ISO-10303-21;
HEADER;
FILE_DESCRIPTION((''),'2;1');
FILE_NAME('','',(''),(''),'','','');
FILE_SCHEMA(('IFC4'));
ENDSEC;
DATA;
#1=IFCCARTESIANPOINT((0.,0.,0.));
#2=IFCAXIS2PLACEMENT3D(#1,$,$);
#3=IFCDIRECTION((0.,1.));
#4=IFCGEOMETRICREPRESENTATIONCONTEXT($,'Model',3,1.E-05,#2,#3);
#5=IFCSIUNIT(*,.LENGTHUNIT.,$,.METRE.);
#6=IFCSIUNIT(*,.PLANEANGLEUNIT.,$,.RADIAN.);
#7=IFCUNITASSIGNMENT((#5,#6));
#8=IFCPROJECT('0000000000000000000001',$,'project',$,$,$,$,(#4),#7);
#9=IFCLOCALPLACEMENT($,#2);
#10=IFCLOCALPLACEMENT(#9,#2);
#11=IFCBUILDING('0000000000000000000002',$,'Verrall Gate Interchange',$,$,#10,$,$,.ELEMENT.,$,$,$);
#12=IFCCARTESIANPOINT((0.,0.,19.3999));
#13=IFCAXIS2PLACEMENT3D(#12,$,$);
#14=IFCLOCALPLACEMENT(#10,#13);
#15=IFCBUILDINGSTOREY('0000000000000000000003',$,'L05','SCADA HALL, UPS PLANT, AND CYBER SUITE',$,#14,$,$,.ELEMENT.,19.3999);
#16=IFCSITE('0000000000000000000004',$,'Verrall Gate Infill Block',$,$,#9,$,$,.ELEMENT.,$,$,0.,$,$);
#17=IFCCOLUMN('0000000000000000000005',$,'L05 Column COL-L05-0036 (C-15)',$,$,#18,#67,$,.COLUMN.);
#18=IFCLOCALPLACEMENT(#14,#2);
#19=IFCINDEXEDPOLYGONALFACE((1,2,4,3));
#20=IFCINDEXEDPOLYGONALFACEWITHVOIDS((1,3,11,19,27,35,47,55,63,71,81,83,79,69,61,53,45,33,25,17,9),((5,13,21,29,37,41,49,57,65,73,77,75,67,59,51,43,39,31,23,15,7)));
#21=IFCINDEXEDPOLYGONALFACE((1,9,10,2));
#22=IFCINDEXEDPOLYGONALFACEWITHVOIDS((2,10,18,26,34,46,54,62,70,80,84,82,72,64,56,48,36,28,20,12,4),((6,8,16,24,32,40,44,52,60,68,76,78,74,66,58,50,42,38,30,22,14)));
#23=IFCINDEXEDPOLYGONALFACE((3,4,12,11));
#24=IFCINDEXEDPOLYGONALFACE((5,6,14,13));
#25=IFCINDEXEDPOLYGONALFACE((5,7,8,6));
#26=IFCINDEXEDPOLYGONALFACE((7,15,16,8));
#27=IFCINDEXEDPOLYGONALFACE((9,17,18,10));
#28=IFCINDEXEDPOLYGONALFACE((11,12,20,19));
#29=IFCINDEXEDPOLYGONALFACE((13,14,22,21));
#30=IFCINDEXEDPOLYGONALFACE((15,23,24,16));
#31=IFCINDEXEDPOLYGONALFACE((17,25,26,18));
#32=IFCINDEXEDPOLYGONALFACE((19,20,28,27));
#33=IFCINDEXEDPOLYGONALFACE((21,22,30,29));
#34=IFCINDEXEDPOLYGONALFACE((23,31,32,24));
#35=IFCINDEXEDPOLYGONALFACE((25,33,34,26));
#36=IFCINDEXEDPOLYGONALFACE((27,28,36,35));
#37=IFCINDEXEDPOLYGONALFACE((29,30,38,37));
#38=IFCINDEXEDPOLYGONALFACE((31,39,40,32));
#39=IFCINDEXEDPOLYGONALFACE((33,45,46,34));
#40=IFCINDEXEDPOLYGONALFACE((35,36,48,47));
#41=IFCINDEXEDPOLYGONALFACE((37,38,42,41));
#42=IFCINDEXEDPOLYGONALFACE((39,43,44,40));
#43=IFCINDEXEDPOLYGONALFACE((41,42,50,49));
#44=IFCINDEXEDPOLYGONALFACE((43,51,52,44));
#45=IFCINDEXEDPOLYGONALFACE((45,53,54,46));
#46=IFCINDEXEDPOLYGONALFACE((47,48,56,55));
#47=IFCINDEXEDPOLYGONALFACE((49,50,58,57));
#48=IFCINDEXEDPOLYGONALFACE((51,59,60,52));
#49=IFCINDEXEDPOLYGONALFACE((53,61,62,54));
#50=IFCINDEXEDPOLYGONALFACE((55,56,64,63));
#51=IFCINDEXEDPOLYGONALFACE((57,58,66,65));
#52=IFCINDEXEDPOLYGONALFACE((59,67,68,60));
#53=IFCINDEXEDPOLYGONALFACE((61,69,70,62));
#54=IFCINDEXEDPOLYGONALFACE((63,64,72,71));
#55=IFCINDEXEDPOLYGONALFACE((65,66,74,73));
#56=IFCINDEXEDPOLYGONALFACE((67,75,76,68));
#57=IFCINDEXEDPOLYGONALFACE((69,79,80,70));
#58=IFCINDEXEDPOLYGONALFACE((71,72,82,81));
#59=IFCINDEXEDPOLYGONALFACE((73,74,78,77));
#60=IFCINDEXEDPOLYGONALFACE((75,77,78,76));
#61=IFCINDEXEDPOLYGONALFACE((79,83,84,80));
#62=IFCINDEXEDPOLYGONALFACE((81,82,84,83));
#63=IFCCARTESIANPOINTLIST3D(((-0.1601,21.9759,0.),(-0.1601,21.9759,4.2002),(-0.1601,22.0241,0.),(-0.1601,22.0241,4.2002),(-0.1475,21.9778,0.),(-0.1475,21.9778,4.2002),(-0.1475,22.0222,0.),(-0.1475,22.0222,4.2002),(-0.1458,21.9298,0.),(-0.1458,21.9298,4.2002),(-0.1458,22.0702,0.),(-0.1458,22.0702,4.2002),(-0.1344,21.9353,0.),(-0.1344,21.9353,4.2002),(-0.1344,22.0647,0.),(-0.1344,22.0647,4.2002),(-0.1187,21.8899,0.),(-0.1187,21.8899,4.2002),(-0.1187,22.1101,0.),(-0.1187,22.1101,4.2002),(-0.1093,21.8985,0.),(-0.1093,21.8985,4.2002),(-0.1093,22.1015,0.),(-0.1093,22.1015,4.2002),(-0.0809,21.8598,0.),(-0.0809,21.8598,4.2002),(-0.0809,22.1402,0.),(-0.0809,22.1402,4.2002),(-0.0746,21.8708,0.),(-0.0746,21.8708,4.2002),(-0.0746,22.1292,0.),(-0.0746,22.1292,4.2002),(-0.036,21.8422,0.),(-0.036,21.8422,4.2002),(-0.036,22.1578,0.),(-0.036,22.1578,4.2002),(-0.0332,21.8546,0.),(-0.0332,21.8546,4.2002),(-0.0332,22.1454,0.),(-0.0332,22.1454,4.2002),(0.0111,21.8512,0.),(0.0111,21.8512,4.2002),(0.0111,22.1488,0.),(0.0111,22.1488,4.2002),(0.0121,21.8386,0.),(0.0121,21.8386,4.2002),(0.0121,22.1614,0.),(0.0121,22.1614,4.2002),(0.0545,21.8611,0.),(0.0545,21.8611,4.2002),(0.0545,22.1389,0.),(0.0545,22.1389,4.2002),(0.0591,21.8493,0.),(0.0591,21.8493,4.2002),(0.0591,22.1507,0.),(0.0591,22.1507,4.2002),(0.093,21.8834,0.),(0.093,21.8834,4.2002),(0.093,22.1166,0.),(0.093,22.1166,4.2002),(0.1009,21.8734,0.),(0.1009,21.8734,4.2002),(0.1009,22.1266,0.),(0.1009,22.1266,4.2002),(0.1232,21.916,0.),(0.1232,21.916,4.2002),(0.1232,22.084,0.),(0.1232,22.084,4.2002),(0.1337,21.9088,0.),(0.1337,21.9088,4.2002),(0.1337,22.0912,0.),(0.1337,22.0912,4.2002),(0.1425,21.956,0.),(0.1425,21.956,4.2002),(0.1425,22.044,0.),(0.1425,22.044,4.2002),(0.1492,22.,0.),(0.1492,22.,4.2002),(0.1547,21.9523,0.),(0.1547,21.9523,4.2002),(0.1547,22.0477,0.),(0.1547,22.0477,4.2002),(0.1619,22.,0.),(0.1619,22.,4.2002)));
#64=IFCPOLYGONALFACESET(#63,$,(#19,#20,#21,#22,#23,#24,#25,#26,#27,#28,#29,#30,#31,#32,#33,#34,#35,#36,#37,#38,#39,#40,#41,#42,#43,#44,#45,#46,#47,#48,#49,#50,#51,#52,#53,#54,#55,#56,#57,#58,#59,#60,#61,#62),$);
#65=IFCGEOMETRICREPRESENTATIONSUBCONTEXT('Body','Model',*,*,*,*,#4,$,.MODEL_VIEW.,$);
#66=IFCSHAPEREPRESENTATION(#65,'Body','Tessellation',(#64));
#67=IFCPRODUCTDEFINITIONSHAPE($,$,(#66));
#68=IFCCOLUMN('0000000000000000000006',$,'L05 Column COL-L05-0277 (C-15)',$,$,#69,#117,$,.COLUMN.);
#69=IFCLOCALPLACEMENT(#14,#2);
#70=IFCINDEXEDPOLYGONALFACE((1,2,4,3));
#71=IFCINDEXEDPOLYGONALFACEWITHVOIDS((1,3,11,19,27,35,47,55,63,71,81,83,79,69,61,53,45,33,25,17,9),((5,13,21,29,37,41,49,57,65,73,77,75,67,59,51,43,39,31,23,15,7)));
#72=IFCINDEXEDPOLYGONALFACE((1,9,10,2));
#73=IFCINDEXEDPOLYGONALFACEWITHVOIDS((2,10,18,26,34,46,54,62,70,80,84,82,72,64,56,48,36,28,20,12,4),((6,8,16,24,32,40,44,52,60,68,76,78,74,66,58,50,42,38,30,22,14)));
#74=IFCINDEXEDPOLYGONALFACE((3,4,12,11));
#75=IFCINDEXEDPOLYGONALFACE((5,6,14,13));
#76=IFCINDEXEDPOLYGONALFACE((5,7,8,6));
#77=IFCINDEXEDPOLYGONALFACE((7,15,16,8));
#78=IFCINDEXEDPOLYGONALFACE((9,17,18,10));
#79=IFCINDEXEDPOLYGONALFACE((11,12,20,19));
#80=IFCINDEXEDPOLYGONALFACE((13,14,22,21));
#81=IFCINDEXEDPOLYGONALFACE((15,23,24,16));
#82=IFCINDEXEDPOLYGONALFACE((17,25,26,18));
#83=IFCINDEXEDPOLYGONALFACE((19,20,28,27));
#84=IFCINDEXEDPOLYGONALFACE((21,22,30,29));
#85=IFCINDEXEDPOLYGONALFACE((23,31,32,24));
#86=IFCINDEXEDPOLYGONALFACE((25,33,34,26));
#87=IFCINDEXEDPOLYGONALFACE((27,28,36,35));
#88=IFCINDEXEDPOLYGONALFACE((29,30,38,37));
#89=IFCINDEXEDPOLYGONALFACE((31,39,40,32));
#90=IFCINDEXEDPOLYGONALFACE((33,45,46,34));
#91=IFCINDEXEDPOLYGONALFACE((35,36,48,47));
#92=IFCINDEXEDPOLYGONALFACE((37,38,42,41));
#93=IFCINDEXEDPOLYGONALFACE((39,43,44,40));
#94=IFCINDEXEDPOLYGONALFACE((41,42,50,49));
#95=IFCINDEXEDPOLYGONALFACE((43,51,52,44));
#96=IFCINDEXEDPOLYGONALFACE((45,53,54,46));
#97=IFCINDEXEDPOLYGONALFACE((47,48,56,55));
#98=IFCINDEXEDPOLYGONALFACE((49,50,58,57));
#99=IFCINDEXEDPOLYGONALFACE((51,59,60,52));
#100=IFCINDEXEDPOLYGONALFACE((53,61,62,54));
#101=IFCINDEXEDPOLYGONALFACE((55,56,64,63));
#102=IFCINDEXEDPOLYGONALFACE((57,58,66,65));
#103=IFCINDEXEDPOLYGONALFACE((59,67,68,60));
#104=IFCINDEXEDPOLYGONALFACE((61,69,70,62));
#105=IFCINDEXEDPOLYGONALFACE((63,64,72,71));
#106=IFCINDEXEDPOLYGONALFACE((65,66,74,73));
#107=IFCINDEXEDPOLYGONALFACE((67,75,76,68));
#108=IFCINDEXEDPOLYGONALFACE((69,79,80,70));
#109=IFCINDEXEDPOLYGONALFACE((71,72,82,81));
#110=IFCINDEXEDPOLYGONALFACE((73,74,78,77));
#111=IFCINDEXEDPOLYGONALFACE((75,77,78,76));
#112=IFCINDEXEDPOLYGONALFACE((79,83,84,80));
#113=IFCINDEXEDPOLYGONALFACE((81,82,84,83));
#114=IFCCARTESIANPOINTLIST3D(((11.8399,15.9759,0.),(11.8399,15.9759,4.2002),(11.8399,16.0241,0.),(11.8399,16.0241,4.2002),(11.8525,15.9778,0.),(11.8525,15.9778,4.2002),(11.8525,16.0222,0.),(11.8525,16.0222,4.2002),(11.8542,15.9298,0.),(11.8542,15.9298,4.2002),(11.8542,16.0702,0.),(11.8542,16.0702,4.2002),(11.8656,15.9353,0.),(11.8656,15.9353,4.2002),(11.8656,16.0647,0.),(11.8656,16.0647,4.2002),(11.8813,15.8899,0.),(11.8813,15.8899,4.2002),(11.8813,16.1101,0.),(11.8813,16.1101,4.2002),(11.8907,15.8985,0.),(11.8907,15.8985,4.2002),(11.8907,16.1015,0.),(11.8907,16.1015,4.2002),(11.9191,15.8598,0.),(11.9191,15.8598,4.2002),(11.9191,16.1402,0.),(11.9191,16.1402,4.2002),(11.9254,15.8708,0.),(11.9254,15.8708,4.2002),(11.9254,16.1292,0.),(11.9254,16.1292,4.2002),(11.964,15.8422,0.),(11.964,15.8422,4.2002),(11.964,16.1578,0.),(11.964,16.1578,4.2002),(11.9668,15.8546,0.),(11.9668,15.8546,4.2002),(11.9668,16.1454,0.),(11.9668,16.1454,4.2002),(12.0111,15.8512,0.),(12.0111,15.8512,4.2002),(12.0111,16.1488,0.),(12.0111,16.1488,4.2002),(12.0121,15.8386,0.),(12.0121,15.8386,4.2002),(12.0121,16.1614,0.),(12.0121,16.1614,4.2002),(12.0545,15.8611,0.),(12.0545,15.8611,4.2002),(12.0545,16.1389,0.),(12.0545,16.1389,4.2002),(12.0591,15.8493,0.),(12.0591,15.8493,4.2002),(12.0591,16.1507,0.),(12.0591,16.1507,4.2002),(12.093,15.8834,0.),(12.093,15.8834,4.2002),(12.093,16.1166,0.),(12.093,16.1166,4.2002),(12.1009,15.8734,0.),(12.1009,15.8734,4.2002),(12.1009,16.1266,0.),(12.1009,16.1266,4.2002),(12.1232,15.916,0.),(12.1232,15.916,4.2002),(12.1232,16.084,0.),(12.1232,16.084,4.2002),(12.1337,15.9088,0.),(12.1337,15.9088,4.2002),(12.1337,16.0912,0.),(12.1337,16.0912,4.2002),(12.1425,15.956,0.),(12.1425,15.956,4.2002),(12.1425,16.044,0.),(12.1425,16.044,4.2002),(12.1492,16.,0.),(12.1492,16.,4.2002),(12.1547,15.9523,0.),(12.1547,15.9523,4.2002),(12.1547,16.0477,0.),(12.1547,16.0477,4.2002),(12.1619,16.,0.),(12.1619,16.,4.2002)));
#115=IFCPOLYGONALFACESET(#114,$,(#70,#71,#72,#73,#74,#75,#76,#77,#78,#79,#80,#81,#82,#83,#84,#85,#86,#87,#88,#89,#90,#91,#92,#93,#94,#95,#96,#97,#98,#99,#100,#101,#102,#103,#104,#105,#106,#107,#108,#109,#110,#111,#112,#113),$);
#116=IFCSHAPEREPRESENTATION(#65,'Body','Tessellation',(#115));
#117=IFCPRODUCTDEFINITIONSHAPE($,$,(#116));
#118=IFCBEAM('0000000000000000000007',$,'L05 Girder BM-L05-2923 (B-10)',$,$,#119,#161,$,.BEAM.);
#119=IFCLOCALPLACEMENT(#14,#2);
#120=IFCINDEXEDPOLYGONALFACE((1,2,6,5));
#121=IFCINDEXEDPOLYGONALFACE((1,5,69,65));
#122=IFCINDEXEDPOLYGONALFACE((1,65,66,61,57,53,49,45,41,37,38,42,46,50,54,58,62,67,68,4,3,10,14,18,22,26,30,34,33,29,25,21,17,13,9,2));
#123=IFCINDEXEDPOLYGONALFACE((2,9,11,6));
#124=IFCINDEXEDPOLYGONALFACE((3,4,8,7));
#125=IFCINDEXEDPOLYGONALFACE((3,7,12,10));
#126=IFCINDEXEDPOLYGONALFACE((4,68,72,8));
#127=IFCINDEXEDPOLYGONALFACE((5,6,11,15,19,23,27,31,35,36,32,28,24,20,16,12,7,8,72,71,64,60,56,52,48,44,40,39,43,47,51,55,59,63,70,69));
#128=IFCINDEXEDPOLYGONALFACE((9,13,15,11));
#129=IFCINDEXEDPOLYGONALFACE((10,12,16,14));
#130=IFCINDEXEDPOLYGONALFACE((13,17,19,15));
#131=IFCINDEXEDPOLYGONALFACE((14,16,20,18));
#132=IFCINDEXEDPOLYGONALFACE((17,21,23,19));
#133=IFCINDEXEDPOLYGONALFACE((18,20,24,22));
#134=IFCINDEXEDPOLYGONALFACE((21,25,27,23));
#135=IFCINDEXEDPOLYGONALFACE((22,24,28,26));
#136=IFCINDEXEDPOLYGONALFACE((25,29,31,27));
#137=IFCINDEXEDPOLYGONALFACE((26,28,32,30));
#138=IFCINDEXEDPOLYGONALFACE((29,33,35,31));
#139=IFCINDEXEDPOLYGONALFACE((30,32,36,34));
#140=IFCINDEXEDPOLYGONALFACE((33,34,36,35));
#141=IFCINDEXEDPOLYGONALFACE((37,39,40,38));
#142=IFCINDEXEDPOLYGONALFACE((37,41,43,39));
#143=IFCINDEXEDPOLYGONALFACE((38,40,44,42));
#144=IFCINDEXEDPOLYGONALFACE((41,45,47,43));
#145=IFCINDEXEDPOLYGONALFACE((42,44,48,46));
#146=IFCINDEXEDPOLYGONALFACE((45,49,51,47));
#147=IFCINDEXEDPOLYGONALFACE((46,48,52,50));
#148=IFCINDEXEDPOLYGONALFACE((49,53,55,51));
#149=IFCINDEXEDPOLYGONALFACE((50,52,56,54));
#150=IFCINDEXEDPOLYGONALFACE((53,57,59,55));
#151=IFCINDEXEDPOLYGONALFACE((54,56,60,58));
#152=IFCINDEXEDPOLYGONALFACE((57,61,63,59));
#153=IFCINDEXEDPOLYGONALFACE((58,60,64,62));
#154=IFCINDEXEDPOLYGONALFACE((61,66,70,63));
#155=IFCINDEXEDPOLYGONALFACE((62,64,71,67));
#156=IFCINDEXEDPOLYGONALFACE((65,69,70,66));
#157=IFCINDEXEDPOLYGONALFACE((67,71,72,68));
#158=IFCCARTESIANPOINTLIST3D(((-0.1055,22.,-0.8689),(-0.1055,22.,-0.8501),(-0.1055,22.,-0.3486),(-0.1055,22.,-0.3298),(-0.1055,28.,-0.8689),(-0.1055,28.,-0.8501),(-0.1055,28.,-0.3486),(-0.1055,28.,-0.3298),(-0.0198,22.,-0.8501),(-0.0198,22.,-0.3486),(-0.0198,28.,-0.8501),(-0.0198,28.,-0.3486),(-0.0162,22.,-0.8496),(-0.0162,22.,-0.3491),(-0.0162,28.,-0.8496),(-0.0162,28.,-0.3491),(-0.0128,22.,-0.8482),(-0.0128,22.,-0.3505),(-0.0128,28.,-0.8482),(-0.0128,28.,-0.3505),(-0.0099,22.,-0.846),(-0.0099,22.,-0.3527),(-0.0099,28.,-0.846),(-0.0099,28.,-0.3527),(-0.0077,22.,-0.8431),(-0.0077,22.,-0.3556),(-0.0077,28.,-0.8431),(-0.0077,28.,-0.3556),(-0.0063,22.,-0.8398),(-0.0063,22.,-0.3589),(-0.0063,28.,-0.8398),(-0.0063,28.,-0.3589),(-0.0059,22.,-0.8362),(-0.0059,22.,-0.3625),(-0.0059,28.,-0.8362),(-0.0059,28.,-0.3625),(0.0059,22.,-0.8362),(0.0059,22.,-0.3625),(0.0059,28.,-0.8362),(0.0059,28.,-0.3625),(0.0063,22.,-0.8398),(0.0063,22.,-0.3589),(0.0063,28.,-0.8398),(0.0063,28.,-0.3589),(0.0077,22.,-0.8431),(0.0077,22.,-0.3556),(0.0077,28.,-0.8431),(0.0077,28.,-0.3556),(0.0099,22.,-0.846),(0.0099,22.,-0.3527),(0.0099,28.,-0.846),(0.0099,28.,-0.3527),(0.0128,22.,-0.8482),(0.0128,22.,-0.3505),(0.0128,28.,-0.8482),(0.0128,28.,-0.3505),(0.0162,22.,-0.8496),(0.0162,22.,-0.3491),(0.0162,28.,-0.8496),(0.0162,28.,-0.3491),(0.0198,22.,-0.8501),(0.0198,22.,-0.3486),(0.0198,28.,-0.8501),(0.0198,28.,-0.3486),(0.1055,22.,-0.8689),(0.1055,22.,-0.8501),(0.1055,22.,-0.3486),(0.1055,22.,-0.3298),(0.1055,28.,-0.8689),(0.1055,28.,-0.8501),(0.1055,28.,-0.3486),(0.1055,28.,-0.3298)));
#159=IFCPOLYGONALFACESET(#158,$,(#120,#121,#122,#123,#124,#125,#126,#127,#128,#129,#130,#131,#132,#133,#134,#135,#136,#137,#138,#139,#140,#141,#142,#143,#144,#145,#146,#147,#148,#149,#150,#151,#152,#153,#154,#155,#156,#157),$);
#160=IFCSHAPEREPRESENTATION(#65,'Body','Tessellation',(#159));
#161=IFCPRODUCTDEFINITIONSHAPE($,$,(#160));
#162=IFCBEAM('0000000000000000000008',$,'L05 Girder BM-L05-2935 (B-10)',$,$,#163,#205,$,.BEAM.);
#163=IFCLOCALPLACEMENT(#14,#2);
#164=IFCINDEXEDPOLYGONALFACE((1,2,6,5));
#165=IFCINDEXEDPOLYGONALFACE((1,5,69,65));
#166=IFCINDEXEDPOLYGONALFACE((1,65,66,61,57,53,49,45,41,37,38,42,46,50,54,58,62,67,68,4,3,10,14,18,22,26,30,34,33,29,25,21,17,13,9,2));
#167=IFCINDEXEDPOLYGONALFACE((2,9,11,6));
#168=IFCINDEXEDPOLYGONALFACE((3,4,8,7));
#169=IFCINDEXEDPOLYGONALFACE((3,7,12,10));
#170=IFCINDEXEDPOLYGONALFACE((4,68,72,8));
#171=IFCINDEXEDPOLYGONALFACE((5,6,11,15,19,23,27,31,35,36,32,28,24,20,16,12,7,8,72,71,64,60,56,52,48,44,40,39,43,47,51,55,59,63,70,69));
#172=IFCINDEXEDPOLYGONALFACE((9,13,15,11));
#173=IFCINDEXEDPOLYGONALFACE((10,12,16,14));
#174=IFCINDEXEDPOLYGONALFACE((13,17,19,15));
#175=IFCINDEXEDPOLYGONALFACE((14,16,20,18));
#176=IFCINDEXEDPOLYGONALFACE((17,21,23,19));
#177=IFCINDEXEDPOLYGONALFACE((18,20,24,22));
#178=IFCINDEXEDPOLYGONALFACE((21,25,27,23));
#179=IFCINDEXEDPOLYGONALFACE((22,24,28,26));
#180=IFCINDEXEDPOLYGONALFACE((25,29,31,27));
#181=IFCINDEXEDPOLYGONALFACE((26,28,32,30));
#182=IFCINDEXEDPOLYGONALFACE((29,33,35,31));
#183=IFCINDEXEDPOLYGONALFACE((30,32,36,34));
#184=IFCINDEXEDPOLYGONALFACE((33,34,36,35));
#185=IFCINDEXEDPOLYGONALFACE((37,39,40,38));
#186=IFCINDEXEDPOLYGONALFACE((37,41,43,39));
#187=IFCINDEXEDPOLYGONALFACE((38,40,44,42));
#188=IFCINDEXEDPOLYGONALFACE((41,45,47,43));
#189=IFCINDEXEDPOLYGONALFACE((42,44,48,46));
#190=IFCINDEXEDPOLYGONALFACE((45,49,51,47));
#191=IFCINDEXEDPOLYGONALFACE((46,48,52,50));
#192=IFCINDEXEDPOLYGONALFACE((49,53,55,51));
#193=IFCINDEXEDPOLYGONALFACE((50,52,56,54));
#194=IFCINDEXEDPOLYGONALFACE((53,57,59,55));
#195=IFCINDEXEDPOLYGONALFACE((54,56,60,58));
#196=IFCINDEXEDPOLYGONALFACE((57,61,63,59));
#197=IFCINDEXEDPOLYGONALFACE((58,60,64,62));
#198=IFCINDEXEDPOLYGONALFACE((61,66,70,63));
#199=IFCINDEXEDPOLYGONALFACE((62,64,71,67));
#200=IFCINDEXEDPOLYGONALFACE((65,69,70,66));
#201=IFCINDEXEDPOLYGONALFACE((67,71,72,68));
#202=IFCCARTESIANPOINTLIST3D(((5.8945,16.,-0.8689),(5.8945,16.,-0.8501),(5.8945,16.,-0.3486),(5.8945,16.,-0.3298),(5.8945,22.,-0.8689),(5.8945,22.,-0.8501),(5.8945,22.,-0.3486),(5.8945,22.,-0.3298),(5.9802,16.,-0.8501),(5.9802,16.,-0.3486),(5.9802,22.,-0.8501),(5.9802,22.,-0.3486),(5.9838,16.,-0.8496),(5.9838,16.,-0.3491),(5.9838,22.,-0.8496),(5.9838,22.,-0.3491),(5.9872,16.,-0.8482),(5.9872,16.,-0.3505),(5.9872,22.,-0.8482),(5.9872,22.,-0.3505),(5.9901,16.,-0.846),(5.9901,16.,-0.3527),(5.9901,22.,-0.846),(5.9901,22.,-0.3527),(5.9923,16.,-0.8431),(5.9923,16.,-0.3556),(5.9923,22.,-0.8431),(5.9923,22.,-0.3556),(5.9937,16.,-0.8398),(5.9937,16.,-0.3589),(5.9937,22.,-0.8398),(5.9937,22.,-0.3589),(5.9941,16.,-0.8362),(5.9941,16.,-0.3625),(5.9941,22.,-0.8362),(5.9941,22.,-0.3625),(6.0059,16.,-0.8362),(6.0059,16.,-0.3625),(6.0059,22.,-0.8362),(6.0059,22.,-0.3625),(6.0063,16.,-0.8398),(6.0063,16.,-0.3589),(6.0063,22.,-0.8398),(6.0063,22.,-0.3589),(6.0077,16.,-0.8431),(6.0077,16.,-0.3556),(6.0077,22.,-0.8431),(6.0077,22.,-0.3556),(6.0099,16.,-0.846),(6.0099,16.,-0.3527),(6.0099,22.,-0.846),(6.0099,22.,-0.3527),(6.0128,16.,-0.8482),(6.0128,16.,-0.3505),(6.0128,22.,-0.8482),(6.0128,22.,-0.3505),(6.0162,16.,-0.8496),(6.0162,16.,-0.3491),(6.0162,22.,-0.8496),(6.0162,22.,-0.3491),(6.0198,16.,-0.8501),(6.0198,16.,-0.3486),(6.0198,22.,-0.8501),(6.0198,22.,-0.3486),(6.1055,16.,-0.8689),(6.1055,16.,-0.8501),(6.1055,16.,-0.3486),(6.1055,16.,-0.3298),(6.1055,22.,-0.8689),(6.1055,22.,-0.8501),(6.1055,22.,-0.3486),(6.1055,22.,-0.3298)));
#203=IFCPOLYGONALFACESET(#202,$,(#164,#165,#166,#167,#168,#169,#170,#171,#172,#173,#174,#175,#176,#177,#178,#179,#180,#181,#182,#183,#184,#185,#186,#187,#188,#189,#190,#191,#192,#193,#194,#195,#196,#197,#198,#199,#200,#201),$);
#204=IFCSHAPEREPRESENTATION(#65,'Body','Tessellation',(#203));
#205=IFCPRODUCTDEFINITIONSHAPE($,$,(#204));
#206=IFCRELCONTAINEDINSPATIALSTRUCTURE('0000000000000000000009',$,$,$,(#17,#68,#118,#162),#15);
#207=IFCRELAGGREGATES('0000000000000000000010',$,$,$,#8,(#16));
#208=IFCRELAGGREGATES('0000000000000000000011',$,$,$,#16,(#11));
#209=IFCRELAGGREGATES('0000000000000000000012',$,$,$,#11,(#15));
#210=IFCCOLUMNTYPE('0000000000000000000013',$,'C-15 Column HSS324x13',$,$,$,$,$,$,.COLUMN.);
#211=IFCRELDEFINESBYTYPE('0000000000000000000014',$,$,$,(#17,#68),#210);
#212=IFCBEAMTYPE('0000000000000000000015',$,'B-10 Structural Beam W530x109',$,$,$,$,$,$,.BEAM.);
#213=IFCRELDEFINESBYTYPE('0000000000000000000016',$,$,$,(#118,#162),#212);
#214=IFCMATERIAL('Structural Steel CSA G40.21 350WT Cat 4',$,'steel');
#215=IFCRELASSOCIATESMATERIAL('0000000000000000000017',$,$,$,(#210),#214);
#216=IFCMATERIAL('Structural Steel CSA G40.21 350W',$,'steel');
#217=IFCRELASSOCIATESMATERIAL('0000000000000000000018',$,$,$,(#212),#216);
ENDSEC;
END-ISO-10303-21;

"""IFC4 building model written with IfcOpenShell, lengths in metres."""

from ifc_helpers import new_model, si_unit, direction, frame, origin, origin_2d, place, context, subcontext, project, spatial, hollow_circle, i_section, extrude, material, material_profile, profile_set, type_object, element, save


model = new_model("IFC4")

# Units and contexts
model_context = context("Model", 3, precision=1e-05, world=origin(), true_north=direction((0.0, 1.0)))
body_context = subcontext(model_context, "Body", "Model", "MODEL_VIEW")
ifc_project = project(units=[si_unit("LENGTHUNIT", "METRE"), si_unit("PLANEANGLEUNIT", "RADIAN")], contexts=[model_context])

# Site, building, storey
site_placement = place(None, origin())
site = spatial("IfcSite", under=ifc_project, at=site_placement, Name="Verrall Gate Infill Block", CompositionType="ELEMENT", RefElevation=0.0)
building_placement = place(site_placement, origin())
building = spatial("IfcBuilding", under=site, at=building_placement, Name="Verrall Gate Interchange", CompositionType="ELEMENT")
storey_placement = place(building_placement, frame((0.0, 0.0, 19.3999)))
storey = spatial("IfcBuildingStorey", under=building, at=storey_placement, Name="L05", Description="SCADA HALL, UPS PLANT, AND CYBER SUITE", CompositionType="ELEMENT", Elevation=19.3999)

# Columns
ifc_material_1 = material(Name="Structural Steel CSA G40.21 350WT Cat 4", Category="steel")
ifc_material_profile_1 = material_profile(ifc_material_1, hollow_circle(Radius=0.1619, WallThickness=0.0127, at=origin_2d()), Name="HSS324x13")
ifc_profile_set_1 = profile_set([ifc_material_profile_1], Name="Structural Steel CSA G40.21 350WT Cat 4")
column_type_1 = type_object("IfcColumnType", Name="C-15 Column HSS324x13", PredefinedType="COLUMN", material=ifc_profile_set_1)
for number, where, z_axis, x_axis, name in (
    (1, (0.0, 22.0, 0.0), (0.0, 0.0, 1.0), (1.0, 0.0, 0.0), "L05 Column COL-L05-0036 (C-15)"),
    (2, (12.0, 16.0, 0.0), (0.0, 0.0, 1.0), (1.0, 0.0, 0.0), "L05 Column COL-L05-0277 (C-15)"),
):
    element("IfcColumn", number, at=place(storey_placement, frame(where, z_axis=z_axis, x_axis=x_axis)), inside=storey, type_object=column_type_1, Name=name, PredefinedType="COLUMN", context=body_context, shape_type="SweptSolid", body=[
        extrude(hollow_circle(Radius=0.1619, WallThickness=0.0127, at=origin_2d()), origin(), (0.0, 0.0, 1.0), 4.2002),
    ])

# Beams
ifc_material_2 = material(Name="Structural Steel CSA G40.21 350W", Category="steel")
ifc_material_profile_2 = material_profile(ifc_material_2, i_section(OverallWidth=0.2109, OverallDepth=0.5391, WebThickness=0.0117, FlangeThickness=0.0188, FilletRadius=0.0139, at=origin_2d()), Name="W530x109")
ifc_profile_set_2 = profile_set([ifc_material_profile_2], Name="Structural Steel CSA G40.21 350W")
beam_type_1 = type_object("IfcBeamType", Name="B-10 Structural Beam W530x109", PredefinedType="BEAM", material=ifc_profile_set_2)
for number, where, z_axis, x_axis, name in (
    (3, (0.0, 22.0, -0.5994), (0.0, 1.0, 0.0), (-1.0, 0.0, 0.0), "L05 Girder BM-L05-2923 (B-10)"),
    (4, (6.0, 16.0, -0.5994), (0.0, 1.0, 0.0), (-1.0, 0.0, 0.0), "L05 Girder BM-L05-2935 (B-10)"),
):
    element("IfcBeam", number, at=place(storey_placement, frame(where, z_axis=z_axis, x_axis=x_axis)), inside=storey, type_object=beam_type_1, Name=name, PredefinedType="BEAM", context=body_context, shape_type="SweptSolid", body=[
        extrude(i_section(OverallWidth=0.2109, OverallDepth=0.5391, WebThickness=0.0117, FlangeThickness=0.0188, FilletRadius=0.0139, at=origin_2d()), origin(), (0.0, 0.0, 1.0), 6.0),
    ])

save(model, "model.ifc")
